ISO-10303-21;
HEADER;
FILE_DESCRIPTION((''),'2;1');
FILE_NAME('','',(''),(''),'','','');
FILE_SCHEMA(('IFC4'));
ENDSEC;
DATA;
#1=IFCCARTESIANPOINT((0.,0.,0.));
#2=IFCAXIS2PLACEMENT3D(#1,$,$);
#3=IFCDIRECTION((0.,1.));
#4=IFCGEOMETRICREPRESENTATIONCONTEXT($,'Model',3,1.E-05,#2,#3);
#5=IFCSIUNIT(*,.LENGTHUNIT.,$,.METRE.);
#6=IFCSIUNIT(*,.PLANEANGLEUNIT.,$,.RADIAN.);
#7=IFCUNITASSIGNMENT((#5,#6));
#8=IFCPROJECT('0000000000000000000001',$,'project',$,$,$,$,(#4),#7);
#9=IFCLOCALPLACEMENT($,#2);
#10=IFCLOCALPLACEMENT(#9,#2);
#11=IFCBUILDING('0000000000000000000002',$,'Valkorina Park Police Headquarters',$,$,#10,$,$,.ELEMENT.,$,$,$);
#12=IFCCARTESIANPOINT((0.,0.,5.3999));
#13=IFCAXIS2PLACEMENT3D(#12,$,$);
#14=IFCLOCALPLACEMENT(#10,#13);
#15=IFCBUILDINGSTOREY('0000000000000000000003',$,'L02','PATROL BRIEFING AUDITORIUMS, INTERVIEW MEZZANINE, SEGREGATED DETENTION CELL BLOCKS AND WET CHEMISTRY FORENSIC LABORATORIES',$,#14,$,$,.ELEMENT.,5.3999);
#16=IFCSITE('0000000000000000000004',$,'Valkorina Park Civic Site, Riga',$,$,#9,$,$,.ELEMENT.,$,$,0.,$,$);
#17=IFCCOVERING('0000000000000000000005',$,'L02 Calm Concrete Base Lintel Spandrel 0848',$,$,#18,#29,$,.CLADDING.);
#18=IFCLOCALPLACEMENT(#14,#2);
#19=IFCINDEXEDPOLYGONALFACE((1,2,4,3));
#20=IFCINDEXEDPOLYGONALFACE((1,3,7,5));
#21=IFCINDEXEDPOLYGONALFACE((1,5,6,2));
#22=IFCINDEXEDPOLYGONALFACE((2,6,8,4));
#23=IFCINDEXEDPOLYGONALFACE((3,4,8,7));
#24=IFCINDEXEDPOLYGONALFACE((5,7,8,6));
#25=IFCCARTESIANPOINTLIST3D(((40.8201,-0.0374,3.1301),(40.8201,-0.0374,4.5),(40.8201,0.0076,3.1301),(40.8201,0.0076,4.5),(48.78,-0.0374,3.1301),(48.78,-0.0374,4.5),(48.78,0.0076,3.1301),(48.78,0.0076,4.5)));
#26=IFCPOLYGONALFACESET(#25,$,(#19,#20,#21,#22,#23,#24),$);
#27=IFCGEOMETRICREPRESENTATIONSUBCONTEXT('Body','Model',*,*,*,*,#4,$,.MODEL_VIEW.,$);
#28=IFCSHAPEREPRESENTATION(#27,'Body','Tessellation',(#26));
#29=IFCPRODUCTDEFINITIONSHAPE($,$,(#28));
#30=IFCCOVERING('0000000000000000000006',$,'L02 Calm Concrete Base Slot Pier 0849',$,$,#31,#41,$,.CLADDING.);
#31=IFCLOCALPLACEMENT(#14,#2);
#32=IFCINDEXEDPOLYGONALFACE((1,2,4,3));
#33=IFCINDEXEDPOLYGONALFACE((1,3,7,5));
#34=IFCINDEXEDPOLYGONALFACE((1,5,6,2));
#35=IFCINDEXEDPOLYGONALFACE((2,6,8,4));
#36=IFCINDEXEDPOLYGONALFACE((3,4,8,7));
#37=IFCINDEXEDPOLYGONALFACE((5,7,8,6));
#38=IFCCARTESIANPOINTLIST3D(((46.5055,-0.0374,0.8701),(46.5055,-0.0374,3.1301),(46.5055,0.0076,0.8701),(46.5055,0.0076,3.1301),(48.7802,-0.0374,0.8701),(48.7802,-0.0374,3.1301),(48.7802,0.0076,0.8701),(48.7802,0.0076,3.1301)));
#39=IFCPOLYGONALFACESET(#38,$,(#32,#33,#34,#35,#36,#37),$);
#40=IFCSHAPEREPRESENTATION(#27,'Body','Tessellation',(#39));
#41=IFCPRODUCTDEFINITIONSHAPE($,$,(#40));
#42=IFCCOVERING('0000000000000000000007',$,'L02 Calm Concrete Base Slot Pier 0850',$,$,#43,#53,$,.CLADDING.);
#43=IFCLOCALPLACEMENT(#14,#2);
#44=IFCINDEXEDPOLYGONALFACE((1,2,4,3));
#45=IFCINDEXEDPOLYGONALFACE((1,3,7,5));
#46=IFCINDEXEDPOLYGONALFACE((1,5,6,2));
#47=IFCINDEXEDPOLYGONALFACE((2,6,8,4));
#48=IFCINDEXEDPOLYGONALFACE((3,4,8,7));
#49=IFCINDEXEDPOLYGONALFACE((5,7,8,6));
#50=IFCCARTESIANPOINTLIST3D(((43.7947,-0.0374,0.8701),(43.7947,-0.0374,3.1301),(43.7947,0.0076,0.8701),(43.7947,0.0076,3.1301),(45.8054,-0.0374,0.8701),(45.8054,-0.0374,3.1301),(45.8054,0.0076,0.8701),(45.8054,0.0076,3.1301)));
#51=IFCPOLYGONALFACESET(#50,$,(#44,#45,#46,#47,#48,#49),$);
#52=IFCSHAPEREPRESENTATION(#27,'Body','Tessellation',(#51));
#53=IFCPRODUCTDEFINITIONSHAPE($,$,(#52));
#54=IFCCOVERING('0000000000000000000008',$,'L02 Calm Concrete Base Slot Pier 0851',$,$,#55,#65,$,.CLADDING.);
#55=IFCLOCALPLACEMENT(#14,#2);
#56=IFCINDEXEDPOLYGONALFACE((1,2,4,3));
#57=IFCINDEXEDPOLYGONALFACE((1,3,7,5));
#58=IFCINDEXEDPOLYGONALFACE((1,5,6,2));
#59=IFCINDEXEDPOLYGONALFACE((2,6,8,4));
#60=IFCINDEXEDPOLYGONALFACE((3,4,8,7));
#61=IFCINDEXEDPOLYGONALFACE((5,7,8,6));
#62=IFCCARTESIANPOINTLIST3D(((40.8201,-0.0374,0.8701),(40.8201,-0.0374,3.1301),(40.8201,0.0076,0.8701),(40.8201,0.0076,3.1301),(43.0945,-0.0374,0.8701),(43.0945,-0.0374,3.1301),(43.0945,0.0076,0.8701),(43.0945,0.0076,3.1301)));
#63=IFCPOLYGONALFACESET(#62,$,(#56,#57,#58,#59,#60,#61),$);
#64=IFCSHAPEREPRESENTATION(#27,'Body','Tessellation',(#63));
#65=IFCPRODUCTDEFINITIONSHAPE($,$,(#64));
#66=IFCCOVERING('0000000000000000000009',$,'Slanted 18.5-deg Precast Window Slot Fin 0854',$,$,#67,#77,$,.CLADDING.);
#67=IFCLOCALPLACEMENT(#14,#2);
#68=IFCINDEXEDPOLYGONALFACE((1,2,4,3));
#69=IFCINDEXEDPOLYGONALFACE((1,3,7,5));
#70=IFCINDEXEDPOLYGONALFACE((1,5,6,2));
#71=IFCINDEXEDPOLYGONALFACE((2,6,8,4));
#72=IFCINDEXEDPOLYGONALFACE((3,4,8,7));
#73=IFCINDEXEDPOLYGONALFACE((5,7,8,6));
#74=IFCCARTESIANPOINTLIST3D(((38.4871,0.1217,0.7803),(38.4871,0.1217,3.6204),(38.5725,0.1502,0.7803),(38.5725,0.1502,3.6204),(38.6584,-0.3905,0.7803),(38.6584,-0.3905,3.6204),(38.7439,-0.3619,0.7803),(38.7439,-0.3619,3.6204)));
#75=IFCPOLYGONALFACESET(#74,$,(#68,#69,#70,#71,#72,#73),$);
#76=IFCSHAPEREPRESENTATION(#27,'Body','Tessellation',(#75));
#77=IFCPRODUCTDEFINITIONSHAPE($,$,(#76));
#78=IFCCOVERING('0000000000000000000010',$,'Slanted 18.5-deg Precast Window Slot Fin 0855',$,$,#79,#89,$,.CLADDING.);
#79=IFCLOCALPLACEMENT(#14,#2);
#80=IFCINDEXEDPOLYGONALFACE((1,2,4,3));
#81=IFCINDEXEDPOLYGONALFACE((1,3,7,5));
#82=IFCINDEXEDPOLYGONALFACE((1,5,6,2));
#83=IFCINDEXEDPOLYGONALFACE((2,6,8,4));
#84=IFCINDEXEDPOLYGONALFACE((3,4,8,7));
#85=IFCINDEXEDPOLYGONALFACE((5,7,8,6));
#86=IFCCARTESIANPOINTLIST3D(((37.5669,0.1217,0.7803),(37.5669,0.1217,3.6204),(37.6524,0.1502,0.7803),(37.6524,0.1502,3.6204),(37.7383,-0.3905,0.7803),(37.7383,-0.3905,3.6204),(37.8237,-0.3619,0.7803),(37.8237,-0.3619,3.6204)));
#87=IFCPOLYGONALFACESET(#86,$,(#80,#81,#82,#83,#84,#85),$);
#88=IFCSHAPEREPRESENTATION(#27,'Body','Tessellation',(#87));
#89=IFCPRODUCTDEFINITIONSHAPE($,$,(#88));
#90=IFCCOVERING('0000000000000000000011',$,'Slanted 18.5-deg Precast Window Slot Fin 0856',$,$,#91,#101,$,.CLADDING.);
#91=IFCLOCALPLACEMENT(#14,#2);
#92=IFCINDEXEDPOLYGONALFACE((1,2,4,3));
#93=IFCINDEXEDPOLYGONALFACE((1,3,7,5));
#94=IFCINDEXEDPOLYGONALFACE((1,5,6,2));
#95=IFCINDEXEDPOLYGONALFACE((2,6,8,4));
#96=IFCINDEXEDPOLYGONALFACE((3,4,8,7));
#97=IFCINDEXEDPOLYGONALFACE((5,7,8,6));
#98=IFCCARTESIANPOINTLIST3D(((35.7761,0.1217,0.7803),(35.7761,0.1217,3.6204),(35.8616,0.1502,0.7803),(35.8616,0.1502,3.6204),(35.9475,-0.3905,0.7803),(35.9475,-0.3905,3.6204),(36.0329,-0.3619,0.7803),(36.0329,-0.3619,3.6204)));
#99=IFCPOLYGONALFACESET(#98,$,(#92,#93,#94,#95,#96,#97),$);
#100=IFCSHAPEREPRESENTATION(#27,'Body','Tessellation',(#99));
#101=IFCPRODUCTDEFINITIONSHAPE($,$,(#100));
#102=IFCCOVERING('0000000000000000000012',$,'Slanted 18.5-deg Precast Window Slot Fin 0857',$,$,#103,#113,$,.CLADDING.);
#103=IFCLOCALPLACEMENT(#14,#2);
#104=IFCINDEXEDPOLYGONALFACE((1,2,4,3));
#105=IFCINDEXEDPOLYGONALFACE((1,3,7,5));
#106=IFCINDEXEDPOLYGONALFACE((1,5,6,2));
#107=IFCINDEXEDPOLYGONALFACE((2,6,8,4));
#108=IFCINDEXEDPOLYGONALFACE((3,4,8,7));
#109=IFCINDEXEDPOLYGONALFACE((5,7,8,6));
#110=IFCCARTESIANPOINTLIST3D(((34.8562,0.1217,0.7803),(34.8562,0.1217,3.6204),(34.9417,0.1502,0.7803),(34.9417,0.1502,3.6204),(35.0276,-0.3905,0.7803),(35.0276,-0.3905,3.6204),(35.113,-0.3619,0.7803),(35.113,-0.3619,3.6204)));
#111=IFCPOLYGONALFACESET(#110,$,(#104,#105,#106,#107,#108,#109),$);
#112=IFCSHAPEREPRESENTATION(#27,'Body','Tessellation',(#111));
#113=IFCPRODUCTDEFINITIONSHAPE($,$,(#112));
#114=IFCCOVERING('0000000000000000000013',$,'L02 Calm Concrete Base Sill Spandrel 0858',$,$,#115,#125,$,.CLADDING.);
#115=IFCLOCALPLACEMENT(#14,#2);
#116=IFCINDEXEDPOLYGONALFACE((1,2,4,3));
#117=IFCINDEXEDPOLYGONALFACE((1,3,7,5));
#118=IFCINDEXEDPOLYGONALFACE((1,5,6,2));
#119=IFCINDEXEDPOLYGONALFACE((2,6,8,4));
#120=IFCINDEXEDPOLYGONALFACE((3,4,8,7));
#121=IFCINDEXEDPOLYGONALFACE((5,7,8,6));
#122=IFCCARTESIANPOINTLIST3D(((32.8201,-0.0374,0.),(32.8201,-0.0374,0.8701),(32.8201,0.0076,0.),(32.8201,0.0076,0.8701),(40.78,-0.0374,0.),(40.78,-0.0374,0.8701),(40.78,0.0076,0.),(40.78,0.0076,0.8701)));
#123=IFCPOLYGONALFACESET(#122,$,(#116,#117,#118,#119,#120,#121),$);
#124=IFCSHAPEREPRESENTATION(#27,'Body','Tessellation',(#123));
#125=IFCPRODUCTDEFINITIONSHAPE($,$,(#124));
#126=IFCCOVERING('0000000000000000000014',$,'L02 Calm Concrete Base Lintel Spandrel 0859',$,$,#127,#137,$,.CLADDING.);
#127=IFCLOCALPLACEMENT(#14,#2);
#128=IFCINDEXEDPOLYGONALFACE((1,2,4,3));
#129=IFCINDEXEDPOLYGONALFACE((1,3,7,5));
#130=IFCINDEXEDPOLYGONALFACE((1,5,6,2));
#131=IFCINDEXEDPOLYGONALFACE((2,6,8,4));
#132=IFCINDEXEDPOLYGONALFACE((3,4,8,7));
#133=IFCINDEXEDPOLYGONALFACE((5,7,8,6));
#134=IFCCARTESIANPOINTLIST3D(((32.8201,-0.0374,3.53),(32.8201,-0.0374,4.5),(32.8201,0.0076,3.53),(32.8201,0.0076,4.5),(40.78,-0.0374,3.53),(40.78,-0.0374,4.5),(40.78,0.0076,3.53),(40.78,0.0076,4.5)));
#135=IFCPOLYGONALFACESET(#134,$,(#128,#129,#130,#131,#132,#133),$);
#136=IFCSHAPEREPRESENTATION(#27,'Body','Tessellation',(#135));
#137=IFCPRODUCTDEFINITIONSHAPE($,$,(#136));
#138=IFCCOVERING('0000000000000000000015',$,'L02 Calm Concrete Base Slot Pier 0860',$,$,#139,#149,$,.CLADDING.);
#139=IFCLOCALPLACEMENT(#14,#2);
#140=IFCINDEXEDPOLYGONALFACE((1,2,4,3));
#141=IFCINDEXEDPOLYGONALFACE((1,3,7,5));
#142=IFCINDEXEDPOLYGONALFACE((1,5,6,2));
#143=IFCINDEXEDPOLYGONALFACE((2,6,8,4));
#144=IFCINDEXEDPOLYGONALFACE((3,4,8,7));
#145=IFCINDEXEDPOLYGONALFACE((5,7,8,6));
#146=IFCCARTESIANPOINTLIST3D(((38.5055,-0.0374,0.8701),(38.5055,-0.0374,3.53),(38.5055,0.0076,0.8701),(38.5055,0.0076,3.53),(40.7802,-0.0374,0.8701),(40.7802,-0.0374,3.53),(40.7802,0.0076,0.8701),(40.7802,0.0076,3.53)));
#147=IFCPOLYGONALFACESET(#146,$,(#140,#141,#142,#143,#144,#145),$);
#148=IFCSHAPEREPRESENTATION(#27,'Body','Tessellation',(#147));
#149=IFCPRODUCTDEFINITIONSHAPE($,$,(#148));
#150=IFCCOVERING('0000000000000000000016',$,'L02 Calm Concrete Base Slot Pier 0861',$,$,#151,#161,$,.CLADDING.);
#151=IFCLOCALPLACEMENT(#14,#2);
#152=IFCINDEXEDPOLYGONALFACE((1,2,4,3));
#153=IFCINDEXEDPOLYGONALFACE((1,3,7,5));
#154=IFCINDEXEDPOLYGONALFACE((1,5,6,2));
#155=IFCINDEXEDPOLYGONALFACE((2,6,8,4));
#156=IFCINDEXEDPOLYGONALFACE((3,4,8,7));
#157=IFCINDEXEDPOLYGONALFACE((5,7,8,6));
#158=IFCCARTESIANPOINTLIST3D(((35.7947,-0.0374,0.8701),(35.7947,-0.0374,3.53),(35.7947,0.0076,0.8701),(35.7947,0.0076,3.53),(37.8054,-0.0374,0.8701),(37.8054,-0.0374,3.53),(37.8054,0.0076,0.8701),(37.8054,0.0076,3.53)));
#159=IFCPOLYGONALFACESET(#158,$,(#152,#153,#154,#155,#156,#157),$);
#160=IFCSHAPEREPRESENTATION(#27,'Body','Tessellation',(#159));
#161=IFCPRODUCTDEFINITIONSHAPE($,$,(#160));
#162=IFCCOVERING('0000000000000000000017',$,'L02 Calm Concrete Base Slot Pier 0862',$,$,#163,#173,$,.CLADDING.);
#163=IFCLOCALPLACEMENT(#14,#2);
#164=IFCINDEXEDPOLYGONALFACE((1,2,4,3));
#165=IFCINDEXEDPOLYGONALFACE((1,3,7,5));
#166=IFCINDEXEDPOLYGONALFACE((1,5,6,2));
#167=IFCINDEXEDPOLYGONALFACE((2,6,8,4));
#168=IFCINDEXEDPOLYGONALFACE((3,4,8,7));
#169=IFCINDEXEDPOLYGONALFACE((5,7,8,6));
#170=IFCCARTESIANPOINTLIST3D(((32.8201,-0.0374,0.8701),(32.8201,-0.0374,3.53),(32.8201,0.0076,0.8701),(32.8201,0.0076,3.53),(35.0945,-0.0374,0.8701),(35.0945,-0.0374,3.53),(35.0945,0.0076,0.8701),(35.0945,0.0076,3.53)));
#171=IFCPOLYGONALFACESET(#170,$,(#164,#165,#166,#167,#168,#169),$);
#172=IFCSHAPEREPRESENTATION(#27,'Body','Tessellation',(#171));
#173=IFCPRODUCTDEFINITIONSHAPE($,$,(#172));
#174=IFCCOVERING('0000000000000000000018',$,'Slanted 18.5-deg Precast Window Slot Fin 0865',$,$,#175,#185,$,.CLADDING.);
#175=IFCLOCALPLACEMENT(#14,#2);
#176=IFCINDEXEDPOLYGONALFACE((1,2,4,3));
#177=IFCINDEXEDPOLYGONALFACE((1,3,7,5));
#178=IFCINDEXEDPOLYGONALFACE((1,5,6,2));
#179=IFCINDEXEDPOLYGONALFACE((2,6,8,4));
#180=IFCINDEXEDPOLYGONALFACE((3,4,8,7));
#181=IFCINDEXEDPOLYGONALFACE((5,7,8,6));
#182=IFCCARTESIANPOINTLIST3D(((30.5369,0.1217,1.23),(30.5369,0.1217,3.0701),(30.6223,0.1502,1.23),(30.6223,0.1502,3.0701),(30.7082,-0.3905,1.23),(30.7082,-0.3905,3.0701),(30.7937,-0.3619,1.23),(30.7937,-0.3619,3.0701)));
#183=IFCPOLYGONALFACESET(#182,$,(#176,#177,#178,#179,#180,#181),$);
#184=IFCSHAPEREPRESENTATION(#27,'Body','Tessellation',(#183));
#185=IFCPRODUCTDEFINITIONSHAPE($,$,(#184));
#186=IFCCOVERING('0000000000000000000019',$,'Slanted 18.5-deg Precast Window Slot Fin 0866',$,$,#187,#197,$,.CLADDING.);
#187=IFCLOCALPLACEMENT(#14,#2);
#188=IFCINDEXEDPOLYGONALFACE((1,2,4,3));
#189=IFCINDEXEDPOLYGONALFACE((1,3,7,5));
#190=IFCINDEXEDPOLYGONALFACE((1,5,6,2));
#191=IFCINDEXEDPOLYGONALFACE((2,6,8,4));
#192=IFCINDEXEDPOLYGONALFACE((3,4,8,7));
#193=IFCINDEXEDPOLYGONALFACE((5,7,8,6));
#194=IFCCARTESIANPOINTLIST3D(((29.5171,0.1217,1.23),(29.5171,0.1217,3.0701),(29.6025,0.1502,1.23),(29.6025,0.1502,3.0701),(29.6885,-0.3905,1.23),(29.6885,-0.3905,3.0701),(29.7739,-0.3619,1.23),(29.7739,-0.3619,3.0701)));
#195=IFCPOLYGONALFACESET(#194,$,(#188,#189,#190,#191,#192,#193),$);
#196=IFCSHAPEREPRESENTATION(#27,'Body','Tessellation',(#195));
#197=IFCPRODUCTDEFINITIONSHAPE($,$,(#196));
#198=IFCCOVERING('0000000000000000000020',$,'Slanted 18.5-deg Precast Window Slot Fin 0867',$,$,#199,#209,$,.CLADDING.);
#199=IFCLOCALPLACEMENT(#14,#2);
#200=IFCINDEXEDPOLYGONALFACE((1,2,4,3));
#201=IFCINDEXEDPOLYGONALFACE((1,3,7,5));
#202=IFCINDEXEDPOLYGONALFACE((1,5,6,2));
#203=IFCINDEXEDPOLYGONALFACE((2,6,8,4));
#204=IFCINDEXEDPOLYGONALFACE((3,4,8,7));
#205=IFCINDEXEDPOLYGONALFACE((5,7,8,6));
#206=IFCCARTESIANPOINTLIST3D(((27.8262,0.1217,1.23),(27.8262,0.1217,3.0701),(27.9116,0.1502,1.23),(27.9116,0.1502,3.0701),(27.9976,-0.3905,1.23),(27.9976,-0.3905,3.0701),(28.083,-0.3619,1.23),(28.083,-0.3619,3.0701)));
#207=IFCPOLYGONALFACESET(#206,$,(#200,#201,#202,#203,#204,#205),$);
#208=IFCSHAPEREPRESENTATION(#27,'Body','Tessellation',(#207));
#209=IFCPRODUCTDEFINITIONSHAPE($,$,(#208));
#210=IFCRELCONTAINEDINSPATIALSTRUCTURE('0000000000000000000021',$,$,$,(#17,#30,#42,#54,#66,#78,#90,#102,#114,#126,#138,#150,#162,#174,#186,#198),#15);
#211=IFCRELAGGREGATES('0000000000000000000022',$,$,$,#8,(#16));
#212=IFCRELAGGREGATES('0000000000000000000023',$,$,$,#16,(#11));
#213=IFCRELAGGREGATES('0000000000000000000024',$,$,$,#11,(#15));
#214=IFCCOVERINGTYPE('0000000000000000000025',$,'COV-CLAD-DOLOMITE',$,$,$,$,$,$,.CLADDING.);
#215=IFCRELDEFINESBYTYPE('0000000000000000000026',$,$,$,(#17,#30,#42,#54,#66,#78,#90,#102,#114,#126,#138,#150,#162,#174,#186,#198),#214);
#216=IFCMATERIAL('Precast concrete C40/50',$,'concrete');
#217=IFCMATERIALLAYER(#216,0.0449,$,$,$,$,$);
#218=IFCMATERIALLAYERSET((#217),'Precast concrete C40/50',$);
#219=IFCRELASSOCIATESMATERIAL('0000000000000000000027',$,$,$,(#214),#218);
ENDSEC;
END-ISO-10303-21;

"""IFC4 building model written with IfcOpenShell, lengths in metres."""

from ifc_helpers import new_model, si_unit, direction, frame, frame_2d, origin, origin_2d, place, context, subcontext, project, spatial, rectangle, extrude, material, layer, layer_set, type_object, element, save


model = new_model("IFC4")

# Units and contexts
model_context = context("Model", 3, precision=1e-05, world=origin(), true_north=direction((0.0, 1.0)))
body_context = subcontext(model_context, "Body", "Model", "MODEL_VIEW")
ifc_project = project(units=[si_unit("LENGTHUNIT", "METRE"), si_unit("PLANEANGLEUNIT", "RADIAN")], contexts=[model_context])

# Site, building, storey
site_placement = place(None, origin())
site = spatial("IfcSite", under=ifc_project, at=site_placement, Name="Valkorina Park Civic Site, Riga", CompositionType="ELEMENT", RefElevation=0.0)
building_placement = place(site_placement, origin())
building = spatial("IfcBuilding", under=site, at=building_placement, Name="Valkorina Park Police Headquarters", CompositionType="ELEMENT")
storey_placement = place(building_placement, frame((0.0, 0.0, 5.3999)))
storey = spatial("IfcBuildingStorey", under=building, at=storey_placement, Name="L02", Description="PATROL BRIEFING AUDITORIUMS, INTERVIEW MEZZANINE, SEGREGATED DETENTION CELL BLOCKS AND WET CHEMISTRY FORENSIC LABORATORIES", CompositionType="ELEMENT", Elevation=5.3999)

# Coverings
ifc_material_1 = material(Name="Precast concrete C40/50", Category="concrete")
ifc_layer = layer(ifc_material_1, 0.0449)
ifc_layer_set = layer_set([ifc_layer], Name="Precast concrete C40/50")
covering_type = type_object("IfcCoveringType", Name="COV-CLAD-DOLOMITE", PredefinedType="CLADDING", material=ifc_layer_set)
covering_1_placement = place(storey_placement, frame((48.78, -0.0149, 3.1301), z_axis=(0.0, 0.0, 1.0), x_axis=(-1.0, 0.0, 0.0)))
element("IfcCovering", 1, at=covering_1_placement, inside=storey, type_object=covering_type, Name="L02 Calm Concrete Base Lintel Spandrel 0848", PredefinedType="CLADDING", context=body_context, shape_type="SweptSolid", body=[
    extrude(rectangle(XDim=7.96, YDim=0.0449, at=frame_2d((3.98, 0.0))), origin(), (0.0, 0.0, 1.0), 1.3699),
])
covering_2_placement = place(storey_placement, frame((48.78, -0.0149, 0.8701), z_axis=(0.0, 0.0, 1.0), x_axis=(-1.0, 0.0, 0.0)))
element("IfcCovering", 2, at=covering_2_placement, inside=storey, type_object=covering_type, Name="L02 Calm Concrete Base Slot Pier 0849", PredefinedType="CLADDING", context=body_context, shape_type="SweptSolid", body=[
    extrude(rectangle(XDim=2.2747, YDim=0.0449, at=frame_2d((1.1372, 0.0))), origin(), (0.0, 0.0, 1.0), 2.26),
])
covering_3_placement = place(storey_placement, frame((45.8054, -0.0149, 0.8701), z_axis=(0.0, 0.0, 1.0), x_axis=(-1.0, 0.0, 0.0)))
element("IfcCovering", 3, at=covering_3_placement, inside=storey, type_object=covering_type, Name="L02 Calm Concrete Base Slot Pier 0850", PredefinedType="CLADDING", context=body_context, shape_type="SweptSolid", body=[
    extrude(rectangle(XDim=2.0107, YDim=0.0449, at=frame_2d((1.0054, 0.0))), origin(), (0.0, 0.0, 1.0), 2.26),
])
covering_4_placement = place(storey_placement, frame((43.0945, -0.0149, 0.8701), z_axis=(0.0, 0.0, 1.0), x_axis=(-1.0, 0.0, 0.0)))
element("IfcCovering", 4, at=covering_4_placement, inside=storey, type_object=covering_type, Name="L02 Calm Concrete Base Slot Pier 0851", PredefinedType="CLADDING", context=body_context, shape_type="SweptSolid", body=[
    extrude(rectangle(XDim=2.2744, YDim=0.0449, at=frame_2d((1.1372, 0.0))), origin(), (0.0, 0.0, 1.0), 2.26),
])
for number, where, z_axis, x_axis, name in (
    (5, (38.6155, -0.1201, 0.7803), (0.0, 0.0, 1.0), (0.317305, -0.948324, 0.0), "Slanted 18.5-deg Precast Window Slot Fin 0854"),
    (6, (37.6953, -0.1201, 0.7803), (0.0, 0.0, 1.0), (0.317305, -0.948324, 0.0), "Slanted 18.5-deg Precast Window Slot Fin 0855"),
    (7, (35.9045, -0.1201, 0.7803), (0.0, 0.0, 1.0), (0.317305, -0.948324, 0.0), "Slanted 18.5-deg Precast Window Slot Fin 0856"),
    (8, (34.9846, -0.1201, 0.7803), (0.0, 0.0, 1.0), (0.317305, -0.948324, 0.0), "Slanted 18.5-deg Precast Window Slot Fin 0857"),
):
    element("IfcCovering", number, at=place(storey_placement, frame(where, z_axis=z_axis, x_axis=x_axis)), inside=storey, type_object=covering_type, Name=name, PredefinedType="CLADDING", context=body_context, shape_type="SweptSolid", body=[
        extrude(rectangle(XDim=0.54, YDim=0.0901, at=origin_2d()), origin(), (0.0, 0.0, 1.0), 2.8401),
    ])
covering_5_placement = place(storey_placement, frame((40.78, -0.0149, 0.0), z_axis=(0.0, 0.0, 1.0), x_axis=(-1.0, 0.0, 0.0)))
element("IfcCovering", 9, at=covering_5_placement, inside=storey, type_object=covering_type, Name="L02 Calm Concrete Base Sill Spandrel 0858", PredefinedType="CLADDING", context=body_context, shape_type="SweptSolid", body=[
    extrude(rectangle(XDim=7.96, YDim=0.0449, at=frame_2d((3.98, 0.0))), origin(), (0.0, 0.0, 1.0), 0.8701),
])
covering_6_placement = place(storey_placement, frame((40.78, -0.0149, 3.53), z_axis=(0.0, 0.0, 1.0), x_axis=(-1.0, 0.0, 0.0)))
element("IfcCovering", 10, at=covering_6_placement, inside=storey, type_object=covering_type, Name="L02 Calm Concrete Base Lintel Spandrel 0859", PredefinedType="CLADDING", context=body_context, shape_type="SweptSolid", body=[
    extrude(rectangle(XDim=7.96, YDim=0.0449, at=frame_2d((3.98, 0.0))), origin(), (0.0, 0.0, 1.0), 0.97),
])
covering_7_placement = place(storey_placement, frame((40.78, -0.0149, 0.8701), z_axis=(0.0, 0.0, 1.0), x_axis=(-1.0, 0.0, 0.0)))
element("IfcCovering", 11, at=covering_7_placement, inside=storey, type_object=covering_type, Name="L02 Calm Concrete Base Slot Pier 0860", PredefinedType="CLADDING", context=body_context, shape_type="SweptSolid", body=[
    extrude(rectangle(XDim=2.2747, YDim=0.0449, at=frame_2d((1.1372, 0.0))), origin(), (0.0, 0.0, 1.0), 2.6599),
])
covering_8_placement = place(storey_placement, frame((37.8054, -0.0149, 0.8701), z_axis=(0.0, 0.0, 1.0), x_axis=(-1.0, 0.0, 0.0)))
element("IfcCovering", 12, at=covering_8_placement, inside=storey, type_object=covering_type, Name="L02 Calm Concrete Base Slot Pier 0861", PredefinedType="CLADDING", context=body_context, shape_type="SweptSolid", body=[
    extrude(rectangle(XDim=2.0107, YDim=0.0449, at=frame_2d((1.0054, 0.0))), origin(), (0.0, 0.0, 1.0), 2.6599),
])
covering_9_placement = place(storey_placement, frame((35.0945, -0.0149, 0.8701), z_axis=(0.0, 0.0, 1.0), x_axis=(-1.0, 0.0, 0.0)))
element("IfcCovering", 13, at=covering_9_placement, inside=storey, type_object=covering_type, Name="L02 Calm Concrete Base Slot Pier 0862", PredefinedType="CLADDING", context=body_context, shape_type="SweptSolid", body=[
    extrude(rectangle(XDim=2.2744, YDim=0.0449, at=frame_2d((1.1372, 0.0))), origin(), (0.0, 0.0, 1.0), 2.6599),
])
for number, where, z_axis, x_axis, name in (
    (14, (30.6653, -0.1201, 1.23), (0.0, 0.0, 1.0), (0.317305, -0.948324, 0.0), "Slanted 18.5-deg Precast Window Slot Fin 0865"),
    (15, (29.6455, -0.1201, 1.23), (0.0, 0.0, 1.0), (0.317305, -0.948324, 0.0), "Slanted 18.5-deg Precast Window Slot Fin 0866"),
    (16, (27.9546, -0.1201, 1.23), (0.0, 0.0, 1.0), (0.317305, -0.948324, 0.0), "Slanted 18.5-deg Precast Window Slot Fin 0867"),
):
    element("IfcCovering", number, at=place(storey_placement, frame(where, z_axis=z_axis, x_axis=x_axis)), inside=storey, type_object=covering_type, Name=name, PredefinedType="CLADDING", context=body_context, shape_type="SweptSolid", body=[
        extrude(rectangle(XDim=0.54, YDim=0.0901, at=origin_2d()), origin(), (0.0, 0.0, 1.0), 1.8401),
    ])

save(model, "model.ifc")
